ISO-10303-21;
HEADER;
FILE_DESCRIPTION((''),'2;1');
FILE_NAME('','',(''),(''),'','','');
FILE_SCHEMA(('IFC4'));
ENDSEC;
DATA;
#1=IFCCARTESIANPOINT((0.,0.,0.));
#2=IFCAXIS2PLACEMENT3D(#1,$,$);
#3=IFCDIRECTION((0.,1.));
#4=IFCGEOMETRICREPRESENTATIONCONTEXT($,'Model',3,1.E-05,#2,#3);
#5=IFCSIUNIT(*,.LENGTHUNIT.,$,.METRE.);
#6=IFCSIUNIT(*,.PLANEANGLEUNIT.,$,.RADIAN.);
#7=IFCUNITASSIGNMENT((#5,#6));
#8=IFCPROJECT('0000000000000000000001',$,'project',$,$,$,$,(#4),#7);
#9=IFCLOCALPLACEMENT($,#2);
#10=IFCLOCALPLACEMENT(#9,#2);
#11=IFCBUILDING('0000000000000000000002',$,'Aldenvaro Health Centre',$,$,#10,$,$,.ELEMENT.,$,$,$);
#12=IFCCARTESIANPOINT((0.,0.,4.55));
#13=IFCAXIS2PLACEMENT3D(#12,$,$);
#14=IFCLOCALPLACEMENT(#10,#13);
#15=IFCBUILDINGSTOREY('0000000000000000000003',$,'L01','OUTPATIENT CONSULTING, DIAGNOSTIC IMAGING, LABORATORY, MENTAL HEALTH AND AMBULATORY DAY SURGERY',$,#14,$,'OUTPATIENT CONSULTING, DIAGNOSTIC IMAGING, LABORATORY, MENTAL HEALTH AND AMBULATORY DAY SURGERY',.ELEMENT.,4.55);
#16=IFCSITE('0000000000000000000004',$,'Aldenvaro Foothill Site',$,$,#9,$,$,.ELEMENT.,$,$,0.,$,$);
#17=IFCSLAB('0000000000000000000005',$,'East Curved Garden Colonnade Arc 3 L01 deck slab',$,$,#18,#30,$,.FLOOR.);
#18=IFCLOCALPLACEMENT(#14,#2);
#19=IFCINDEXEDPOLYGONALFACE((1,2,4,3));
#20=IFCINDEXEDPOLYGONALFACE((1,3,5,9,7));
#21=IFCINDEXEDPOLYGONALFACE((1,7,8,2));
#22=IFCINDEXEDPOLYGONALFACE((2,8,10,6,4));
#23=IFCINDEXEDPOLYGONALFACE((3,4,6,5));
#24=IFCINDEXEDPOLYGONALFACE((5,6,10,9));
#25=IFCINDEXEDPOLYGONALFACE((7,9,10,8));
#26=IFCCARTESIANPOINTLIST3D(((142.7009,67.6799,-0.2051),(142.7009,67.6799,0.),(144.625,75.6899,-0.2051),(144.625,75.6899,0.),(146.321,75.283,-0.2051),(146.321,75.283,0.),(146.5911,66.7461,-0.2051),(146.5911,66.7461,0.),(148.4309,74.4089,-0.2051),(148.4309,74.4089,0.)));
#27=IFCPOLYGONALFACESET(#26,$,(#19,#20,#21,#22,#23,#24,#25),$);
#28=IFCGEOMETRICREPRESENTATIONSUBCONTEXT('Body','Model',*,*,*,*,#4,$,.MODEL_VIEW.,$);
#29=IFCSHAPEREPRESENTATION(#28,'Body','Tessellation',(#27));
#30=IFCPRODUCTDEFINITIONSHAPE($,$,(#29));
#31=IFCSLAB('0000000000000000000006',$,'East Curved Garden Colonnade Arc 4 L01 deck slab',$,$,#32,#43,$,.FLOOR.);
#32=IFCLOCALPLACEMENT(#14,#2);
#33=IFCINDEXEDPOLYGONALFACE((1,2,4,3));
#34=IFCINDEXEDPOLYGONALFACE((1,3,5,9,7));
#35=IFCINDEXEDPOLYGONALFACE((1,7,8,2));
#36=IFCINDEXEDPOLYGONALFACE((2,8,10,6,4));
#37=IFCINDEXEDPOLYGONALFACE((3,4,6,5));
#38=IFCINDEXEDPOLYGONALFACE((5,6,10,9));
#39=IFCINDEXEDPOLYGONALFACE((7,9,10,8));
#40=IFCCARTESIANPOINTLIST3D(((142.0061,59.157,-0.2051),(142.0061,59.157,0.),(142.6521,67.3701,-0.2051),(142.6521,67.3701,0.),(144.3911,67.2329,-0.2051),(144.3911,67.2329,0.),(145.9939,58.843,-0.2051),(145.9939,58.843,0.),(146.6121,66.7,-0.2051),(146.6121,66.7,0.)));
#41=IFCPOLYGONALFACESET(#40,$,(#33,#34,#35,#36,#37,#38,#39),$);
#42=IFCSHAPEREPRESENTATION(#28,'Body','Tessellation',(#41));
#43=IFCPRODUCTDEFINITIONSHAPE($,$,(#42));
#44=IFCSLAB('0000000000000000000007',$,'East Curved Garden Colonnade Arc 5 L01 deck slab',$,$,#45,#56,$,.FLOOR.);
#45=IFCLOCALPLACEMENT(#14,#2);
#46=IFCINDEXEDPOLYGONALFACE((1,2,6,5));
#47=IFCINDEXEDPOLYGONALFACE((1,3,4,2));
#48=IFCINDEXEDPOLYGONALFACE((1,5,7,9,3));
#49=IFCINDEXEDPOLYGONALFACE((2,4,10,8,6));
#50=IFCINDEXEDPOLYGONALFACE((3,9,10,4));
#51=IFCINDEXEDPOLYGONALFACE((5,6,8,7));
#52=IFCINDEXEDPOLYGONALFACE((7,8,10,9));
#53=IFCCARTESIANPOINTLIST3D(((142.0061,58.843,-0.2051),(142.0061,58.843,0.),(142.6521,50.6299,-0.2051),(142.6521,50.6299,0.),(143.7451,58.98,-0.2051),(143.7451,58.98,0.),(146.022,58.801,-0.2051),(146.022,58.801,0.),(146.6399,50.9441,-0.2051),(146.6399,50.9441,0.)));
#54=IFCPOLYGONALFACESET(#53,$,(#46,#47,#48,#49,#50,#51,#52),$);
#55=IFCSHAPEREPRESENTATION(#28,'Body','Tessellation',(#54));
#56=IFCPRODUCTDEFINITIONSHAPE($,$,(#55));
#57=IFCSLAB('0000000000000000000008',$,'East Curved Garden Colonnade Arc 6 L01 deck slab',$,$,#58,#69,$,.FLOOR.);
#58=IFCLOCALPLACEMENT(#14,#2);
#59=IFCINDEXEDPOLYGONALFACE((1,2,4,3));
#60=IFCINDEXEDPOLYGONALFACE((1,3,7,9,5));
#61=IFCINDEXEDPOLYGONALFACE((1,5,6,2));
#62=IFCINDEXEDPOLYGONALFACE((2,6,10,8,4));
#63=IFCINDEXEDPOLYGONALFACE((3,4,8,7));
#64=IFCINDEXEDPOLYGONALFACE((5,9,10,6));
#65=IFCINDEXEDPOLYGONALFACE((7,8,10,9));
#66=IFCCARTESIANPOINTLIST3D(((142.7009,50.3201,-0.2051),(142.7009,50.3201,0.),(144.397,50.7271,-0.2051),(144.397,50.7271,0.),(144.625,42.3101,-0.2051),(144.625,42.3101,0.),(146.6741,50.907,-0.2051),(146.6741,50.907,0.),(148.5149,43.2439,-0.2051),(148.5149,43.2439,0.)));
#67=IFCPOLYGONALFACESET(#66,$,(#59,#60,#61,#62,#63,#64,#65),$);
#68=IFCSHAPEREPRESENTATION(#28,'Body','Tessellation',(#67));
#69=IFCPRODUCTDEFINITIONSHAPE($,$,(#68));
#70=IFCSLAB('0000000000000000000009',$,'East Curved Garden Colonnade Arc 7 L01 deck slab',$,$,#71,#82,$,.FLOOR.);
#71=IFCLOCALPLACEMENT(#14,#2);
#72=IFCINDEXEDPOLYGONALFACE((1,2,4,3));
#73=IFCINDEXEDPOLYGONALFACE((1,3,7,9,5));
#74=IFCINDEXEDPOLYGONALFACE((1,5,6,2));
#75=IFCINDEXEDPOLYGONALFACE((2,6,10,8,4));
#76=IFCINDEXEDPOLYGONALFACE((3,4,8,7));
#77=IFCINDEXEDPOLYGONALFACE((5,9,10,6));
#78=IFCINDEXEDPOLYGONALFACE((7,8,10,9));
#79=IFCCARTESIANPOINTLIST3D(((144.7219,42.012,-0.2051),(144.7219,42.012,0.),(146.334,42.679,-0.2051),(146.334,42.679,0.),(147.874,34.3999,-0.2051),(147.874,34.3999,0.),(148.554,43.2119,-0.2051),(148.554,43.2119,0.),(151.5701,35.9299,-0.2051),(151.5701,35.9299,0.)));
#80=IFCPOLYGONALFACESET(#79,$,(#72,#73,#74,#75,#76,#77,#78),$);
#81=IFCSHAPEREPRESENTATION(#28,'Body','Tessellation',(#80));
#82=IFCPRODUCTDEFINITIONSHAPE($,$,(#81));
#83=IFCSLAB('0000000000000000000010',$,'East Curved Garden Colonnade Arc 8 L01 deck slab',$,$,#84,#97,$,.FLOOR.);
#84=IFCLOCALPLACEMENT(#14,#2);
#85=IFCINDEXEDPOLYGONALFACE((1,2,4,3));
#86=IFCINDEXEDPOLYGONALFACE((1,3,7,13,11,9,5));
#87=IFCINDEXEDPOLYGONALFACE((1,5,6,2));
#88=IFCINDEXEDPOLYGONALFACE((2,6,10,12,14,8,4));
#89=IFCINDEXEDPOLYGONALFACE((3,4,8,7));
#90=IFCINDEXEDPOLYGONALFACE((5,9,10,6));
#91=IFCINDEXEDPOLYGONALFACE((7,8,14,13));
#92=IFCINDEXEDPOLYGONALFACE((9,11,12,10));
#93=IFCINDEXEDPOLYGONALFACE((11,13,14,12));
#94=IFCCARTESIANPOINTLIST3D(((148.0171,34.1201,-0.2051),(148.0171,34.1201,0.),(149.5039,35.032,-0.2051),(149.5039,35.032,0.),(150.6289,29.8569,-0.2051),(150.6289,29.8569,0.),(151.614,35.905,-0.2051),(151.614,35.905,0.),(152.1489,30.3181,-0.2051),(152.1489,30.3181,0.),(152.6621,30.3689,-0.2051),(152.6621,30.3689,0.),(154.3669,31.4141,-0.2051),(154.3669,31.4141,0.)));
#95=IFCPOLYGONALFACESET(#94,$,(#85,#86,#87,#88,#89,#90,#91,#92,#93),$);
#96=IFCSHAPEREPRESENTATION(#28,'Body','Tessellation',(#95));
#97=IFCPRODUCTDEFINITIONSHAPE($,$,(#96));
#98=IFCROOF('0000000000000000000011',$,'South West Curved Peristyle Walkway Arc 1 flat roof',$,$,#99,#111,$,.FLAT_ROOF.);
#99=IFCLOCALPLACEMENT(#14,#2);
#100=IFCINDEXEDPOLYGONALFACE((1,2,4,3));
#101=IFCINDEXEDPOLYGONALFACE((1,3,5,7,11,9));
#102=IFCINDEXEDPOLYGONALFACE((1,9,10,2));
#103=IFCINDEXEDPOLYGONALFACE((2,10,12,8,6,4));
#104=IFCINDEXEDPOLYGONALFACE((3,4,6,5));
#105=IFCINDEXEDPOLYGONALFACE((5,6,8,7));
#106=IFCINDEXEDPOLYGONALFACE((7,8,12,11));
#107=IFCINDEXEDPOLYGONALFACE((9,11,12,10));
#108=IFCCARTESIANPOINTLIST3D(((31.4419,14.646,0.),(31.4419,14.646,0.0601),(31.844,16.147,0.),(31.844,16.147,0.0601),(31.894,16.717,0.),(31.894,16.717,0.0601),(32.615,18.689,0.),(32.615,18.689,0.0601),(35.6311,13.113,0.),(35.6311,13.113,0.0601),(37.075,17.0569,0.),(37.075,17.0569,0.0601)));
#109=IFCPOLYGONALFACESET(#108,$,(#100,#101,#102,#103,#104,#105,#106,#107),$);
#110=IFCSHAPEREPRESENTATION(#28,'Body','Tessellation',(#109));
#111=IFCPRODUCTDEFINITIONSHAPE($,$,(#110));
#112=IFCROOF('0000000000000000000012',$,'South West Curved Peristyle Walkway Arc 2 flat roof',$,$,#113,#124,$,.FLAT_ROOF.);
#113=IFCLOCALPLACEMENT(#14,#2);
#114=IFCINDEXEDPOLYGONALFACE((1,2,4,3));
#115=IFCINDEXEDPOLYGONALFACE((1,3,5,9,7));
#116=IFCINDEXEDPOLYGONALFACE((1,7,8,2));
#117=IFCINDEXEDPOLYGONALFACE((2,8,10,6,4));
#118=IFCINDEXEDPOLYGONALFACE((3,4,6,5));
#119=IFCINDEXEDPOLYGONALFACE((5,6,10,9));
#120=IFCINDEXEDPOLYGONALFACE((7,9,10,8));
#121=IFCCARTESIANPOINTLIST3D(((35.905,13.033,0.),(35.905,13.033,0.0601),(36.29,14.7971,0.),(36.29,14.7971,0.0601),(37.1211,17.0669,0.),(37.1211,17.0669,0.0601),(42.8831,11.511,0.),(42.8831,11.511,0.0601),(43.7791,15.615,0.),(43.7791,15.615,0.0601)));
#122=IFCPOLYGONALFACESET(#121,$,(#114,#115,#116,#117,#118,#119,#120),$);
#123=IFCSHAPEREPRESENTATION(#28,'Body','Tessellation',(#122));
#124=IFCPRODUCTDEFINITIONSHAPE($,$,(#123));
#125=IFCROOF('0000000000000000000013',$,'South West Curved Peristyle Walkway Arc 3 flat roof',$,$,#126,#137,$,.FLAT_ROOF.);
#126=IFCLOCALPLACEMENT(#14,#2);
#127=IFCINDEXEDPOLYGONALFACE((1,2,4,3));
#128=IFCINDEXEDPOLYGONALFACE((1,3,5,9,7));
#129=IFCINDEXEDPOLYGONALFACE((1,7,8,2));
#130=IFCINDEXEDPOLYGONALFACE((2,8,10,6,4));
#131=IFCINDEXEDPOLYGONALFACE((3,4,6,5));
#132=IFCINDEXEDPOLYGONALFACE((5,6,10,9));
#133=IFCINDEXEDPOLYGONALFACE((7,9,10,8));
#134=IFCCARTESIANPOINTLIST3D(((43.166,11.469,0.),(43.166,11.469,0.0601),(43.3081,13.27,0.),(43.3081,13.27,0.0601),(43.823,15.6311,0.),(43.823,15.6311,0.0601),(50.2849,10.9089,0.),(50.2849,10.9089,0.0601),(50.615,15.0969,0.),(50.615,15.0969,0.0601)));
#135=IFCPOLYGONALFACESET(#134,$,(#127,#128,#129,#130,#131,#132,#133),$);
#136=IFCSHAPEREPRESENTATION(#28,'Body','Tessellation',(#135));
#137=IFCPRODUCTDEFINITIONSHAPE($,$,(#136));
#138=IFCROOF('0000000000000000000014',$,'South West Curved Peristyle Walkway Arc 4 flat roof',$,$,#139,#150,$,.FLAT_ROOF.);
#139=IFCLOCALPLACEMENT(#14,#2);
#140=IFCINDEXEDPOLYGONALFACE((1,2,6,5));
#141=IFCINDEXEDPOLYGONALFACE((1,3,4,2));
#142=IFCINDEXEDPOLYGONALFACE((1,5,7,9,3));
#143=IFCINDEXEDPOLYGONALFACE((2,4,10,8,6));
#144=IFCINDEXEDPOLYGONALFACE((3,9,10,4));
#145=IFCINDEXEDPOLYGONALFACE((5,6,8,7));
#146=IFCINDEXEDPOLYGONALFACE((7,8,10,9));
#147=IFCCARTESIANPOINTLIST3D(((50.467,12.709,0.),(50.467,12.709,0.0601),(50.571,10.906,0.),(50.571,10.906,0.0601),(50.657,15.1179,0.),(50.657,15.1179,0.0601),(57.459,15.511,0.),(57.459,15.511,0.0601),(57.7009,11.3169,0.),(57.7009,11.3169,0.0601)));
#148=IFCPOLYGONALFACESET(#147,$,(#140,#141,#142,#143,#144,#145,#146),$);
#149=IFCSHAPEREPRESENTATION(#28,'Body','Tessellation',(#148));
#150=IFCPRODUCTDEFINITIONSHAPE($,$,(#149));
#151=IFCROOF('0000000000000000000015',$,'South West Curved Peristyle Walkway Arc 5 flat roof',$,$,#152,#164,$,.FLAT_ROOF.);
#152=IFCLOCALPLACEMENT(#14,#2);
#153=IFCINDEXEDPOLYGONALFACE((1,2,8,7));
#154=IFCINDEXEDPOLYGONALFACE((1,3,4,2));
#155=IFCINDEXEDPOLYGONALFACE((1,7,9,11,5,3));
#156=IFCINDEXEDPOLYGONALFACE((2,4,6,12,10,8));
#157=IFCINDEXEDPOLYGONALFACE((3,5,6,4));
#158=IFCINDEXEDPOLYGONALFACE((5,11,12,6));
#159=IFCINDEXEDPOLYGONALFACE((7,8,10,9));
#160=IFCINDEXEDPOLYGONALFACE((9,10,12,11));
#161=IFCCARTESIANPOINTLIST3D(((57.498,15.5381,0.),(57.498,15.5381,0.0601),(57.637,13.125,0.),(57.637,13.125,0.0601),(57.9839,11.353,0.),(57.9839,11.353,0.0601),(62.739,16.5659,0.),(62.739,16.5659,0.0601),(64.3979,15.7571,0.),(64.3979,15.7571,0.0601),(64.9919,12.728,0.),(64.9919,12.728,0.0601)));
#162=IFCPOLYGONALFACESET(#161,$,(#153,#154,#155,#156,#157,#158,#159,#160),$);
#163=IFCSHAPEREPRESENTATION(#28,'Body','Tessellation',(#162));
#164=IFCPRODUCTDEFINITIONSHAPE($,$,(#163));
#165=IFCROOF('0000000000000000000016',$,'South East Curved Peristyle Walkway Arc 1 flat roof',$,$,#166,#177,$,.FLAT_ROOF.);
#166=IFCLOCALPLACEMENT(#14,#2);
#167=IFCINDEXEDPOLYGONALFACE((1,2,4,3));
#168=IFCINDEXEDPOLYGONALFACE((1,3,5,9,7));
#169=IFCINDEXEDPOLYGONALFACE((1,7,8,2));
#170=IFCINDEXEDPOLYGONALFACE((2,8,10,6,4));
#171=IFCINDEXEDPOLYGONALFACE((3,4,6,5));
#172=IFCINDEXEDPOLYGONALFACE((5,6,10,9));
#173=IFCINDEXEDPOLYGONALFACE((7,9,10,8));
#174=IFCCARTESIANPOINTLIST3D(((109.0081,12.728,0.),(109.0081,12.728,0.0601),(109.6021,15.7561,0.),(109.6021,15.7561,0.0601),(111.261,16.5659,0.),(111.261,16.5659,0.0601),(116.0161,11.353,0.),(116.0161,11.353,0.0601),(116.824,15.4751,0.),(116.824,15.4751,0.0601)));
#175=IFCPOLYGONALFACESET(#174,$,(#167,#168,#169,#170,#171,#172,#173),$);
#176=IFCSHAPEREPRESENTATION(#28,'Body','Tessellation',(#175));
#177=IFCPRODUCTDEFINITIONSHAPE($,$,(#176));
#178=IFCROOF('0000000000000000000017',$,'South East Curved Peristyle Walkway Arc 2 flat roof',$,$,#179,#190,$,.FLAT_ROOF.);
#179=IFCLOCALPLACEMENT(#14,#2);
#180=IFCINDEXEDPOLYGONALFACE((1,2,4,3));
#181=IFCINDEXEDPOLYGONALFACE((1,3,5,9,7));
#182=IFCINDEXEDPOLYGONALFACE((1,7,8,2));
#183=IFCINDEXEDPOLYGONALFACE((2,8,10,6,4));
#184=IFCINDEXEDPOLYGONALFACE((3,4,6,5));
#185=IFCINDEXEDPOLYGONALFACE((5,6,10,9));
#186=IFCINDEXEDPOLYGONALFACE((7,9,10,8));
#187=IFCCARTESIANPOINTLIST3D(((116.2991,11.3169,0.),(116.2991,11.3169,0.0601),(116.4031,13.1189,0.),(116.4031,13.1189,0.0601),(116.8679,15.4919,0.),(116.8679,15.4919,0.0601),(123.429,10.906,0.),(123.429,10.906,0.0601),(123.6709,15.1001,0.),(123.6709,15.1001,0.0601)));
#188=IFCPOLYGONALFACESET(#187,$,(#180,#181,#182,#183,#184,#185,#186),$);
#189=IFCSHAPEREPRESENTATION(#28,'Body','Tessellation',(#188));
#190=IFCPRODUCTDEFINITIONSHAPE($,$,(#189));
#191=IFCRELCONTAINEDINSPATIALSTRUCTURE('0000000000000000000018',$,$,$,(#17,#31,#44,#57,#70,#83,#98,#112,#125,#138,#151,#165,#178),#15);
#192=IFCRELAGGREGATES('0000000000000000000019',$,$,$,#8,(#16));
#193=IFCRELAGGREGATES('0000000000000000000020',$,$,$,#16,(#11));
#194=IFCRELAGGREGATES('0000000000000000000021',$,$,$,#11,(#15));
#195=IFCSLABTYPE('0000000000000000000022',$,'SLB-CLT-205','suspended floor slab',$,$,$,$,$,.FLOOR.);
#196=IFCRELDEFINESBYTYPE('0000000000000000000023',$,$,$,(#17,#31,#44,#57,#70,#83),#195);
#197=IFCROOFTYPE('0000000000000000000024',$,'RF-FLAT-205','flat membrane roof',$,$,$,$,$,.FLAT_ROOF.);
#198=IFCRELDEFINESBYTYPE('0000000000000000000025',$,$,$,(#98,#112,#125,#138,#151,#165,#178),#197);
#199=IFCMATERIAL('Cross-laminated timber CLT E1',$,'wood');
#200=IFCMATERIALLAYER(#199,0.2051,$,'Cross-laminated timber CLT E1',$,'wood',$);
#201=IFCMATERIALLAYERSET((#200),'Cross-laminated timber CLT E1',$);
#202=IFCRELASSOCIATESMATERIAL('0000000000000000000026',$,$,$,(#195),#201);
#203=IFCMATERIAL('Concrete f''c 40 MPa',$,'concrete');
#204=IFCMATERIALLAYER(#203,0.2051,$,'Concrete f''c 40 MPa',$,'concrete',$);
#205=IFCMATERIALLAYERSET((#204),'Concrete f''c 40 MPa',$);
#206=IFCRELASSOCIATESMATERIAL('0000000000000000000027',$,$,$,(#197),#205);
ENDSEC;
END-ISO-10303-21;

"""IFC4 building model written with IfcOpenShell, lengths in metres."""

from ifc_helpers import new_model, si_unit, direction, frame, origin, place, context, subcontext, project, spatial, polyline, outline, extrude, material, layer, layer_set, type_object, element, save


model = new_model("IFC4")

# Units and contexts
model_context = context("Model", 3, precision=1e-05, world=origin(), true_north=direction((0.0, 1.0)))
body_context = subcontext(model_context, "Body", "Model", "MODEL_VIEW")
ifc_project = project(units=[si_unit("LENGTHUNIT", "METRE"), si_unit("PLANEANGLEUNIT", "RADIAN")], contexts=[model_context])

# Site, building, storey
site_placement = place(None, origin())
site = spatial("IfcSite", under=ifc_project, at=site_placement, Name="Aldenvaro Foothill Site", CompositionType="ELEMENT", RefElevation=0.0)
building_placement = place(site_placement, origin())
building = spatial("IfcBuilding", under=site, at=building_placement, Name="Aldenvaro Health Centre", CompositionType="ELEMENT")
storey_placement = place(building_placement, frame((0.0, 0.0, 4.55)))
storey = spatial("IfcBuildingStorey", under=building, at=storey_placement, Name="L01", Description="OUTPATIENT CONSULTING, DIAGNOSTIC IMAGING, LABORATORY, MENTAL HEALTH AND AMBULATORY DAY SURGERY", LongName="OUTPATIENT CONSULTING, DIAGNOSTIC IMAGING, LABORATORY, MENTAL HEALTH AND AMBULATORY DAY SURGERY", CompositionType="ELEMENT", Elevation=4.55)

# Slabs
ifc_material_1 = material(Name="Cross-laminated timber CLT E1", Category="wood")
ifc_layer_1 = layer(ifc_material_1, 0.2051, Name="Cross-laminated timber CLT E1", Category="wood")
ifc_layer_set_1 = layer_set([ifc_layer_1], Name="Cross-laminated timber CLT E1")
slab_type = type_object("IfcSlabType", Name="SLB-CLT-205", Description="suspended floor slab", PredefinedType="FLOOR", material=ifc_layer_set_1)
slab_1_placement = place(storey_placement, frame((0.0, 0.0, -0.2051)))
element("IfcSlab", 1, at=slab_1_placement, inside=storey, type_object=slab_type, Name="East Curved Garden Colonnade Arc 3 L01 deck slab", PredefinedType="FLOOR", context=body_context, shape_type="SweptSolid", body=[
    extrude(outline(polyline([(146.5911, 66.7461), (142.7009, 67.6799), (144.625, 75.6899), (146.321, 75.283), (148.4309, 74.4089), (146.5911, 66.7461)])), origin(), (0.0, 0.0, 1.0), 0.2051),
])
slab_2_placement = place(storey_placement, frame((0.0, 0.0, -0.2051)))
element("IfcSlab", 2, at=slab_2_placement, inside=storey, type_object=slab_type, Name="East Curved Garden Colonnade Arc 4 L01 deck slab", PredefinedType="FLOOR", context=body_context, shape_type="SweptSolid", body=[
    extrude(outline(polyline([(145.9939, 58.843), (142.0061, 59.157), (142.6521, 67.3701), (144.3911, 67.2329), (146.6121, 66.7), (145.9939, 58.843)])), origin(), (0.0, 0.0, 1.0), 0.2051),
])
slab_3_placement = place(storey_placement, frame((0.0, 0.0, -0.2051)))
element("IfcSlab", 3, at=slab_3_placement, inside=storey, type_object=slab_type, Name="East Curved Garden Colonnade Arc 5 L01 deck slab", PredefinedType="FLOOR", context=body_context, shape_type="SweptSolid", body=[
    extrude(outline(polyline([(146.6399, 50.9441), (142.6521, 50.6299), (142.0061, 58.843), (143.7451, 58.98), (146.022, 58.801), (146.6399, 50.9441)])), origin(), (0.0, 0.0, 1.0), 0.2051),
])
slab_4_placement = place(storey_placement, frame((0.0, 0.0, -0.2051)))
element("IfcSlab", 4, at=slab_4_placement, inside=storey, type_object=slab_type, Name="East Curved Garden Colonnade Arc 6 L01 deck slab", PredefinedType="FLOOR", context=body_context, shape_type="SweptSolid", body=[
    extrude(outline(polyline([(148.5149, 43.2439), (144.625, 42.3101), (142.7009, 50.3201), (144.397, 50.7271), (146.6741, 50.907), (148.5149, 43.2439)])), origin(), (0.0, 0.0, 1.0), 0.2051),
])
slab_5_placement = place(storey_placement, frame((0.0, 0.0, -0.2051)))
element("IfcSlab", 5, at=slab_5_placement, inside=storey, type_object=slab_type, Name="East Curved Garden Colonnade Arc 7 L01 deck slab", PredefinedType="FLOOR", context=body_context, shape_type="SweptSolid", body=[
    extrude(outline(polyline([(151.5701, 35.9299), (147.874, 34.3999), (144.7219, 42.012), (146.334, 42.679), (148.554, 43.2119), (151.5701, 35.9299)])), origin(), (0.0, 0.0, 1.0), 0.2051),
])
slab_6_placement = place(storey_placement, frame((0.0, 0.0, -0.2051)))
element("IfcSlab", 6, at=slab_6_placement, inside=storey, type_object=slab_type, Name="East Curved Garden Colonnade Arc 8 L01 deck slab", PredefinedType="FLOOR", context=body_context, shape_type="SweptSolid", body=[
    extrude(outline(polyline([(148.0171, 34.1201), (149.5039, 35.032), (151.614, 35.905), (154.3669, 31.4141), (152.6621, 30.3689), (152.1489, 30.3181), (150.6289, 29.8569), (148.0171, 34.1201)])), origin(), (0.0, 0.0, 1.0), 0.2051),
])

# Roofs
ifc_material_2 = material(Name="Concrete f'c 40 MPa", Category="concrete")
ifc_layer_2 = layer(ifc_material_2, 0.2051, Name="Concrete f'c 40 MPa", Category="concrete")
ifc_layer_set_2 = layer_set([ifc_layer_2], Name="Concrete f'c 40 MPa")
roof_type_1 = type_object("IfcRoofType", Name="RF-FLAT-205", Description="flat membrane roof", PredefinedType="FLAT_ROOF", material=ifc_layer_set_2)
roof_1_placement = place(storey_placement, origin())
element("IfcRoof", 7, at=roof_1_placement, inside=storey, type_object=roof_type_1, Name="South West Curved Peristyle Walkway Arc 1 flat roof", PredefinedType="FLAT_ROOF", context=body_context, shape_type="SweptSolid", body=[
    extrude(outline(polyline([(32.615, 18.689), (37.075, 17.0569), (35.6311, 13.113), (31.4419, 14.646), (31.844, 16.147), (31.894, 16.717), (32.615, 18.689)])), origin(), (0.0, 0.0, 1.0), 0.0601),
])
roof_2_placement = place(storey_placement, origin())
element("IfcRoof", 8, at=roof_2_placement, inside=storey, type_object=roof_type_1, Name="South West Curved Peristyle Walkway Arc 2 flat roof", PredefinedType="FLAT_ROOF", context=body_context, shape_type="SweptSolid", body=[
    extrude(outline(polyline([(43.7791, 15.615), (42.8831, 11.511), (35.905, 13.033), (36.29, 14.7971), (37.1211, 17.0669), (43.7791, 15.615)])), origin(), (0.0, 0.0, 1.0), 0.0601),
])
roof_3_placement = place(storey_placement, origin())
element("IfcRoof", 9, at=roof_3_placement, inside=storey, type_object=roof_type_1, Name="South West Curved Peristyle Walkway Arc 3 flat roof", PredefinedType="FLAT_ROOF", context=body_context, shape_type="SweptSolid", body=[
    extrude(outline(polyline([(50.615, 15.0969), (50.2849, 10.9089), (43.166, 11.469), (43.3081, 13.27), (43.823, 15.6311), (50.615, 15.0969)])), origin(), (0.0, 0.0, 1.0), 0.0601),
])
roof_4_placement = place(storey_placement, origin())
element("IfcRoof", 10, at=roof_4_placement, inside=storey, type_object=roof_type_1, Name="South West Curved Peristyle Walkway Arc 4 flat roof", PredefinedType="FLAT_ROOF", context=body_context, shape_type="SweptSolid", body=[
    extrude(outline(polyline([(57.459, 15.511), (57.7009, 11.3169), (50.571, 10.906), (50.467, 12.709), (50.657, 15.1179), (57.459, 15.511)])), origin(), (0.0, 0.0, 1.0), 0.0601),
])
roof_5_placement = place(storey_placement, origin())
element("IfcRoof", 11, at=roof_5_placement, inside=storey, type_object=roof_type_1, Name="South West Curved Peristyle Walkway Arc 5 flat roof", PredefinedType="FLAT_ROOF", context=body_context, shape_type="SweptSolid", body=[
    extrude(outline(polyline([(64.9919, 12.728), (57.9839, 11.353), (57.637, 13.125), (57.498, 15.5381), (62.739, 16.5659), (64.3979, 15.7571), (64.9919, 12.728)])), origin(), (0.0, 0.0, 1.0), 0.0601),
])
roof_6_placement = place(storey_placement, origin())
element("IfcRoof", 12, at=roof_6_placement, inside=storey, type_object=roof_type_1, Name="South East Curved Peristyle Walkway Arc 1 flat roof", PredefinedType="FLAT_ROOF", context=body_context, shape_type="SweptSolid", body=[
    extrude(outline(polyline([(116.824, 15.4751), (116.0161, 11.353), (109.0081, 12.728), (109.6021, 15.7561), (111.261, 16.5659), (116.824, 15.4751)])), origin(), (0.0, 0.0, 1.0), 0.0601),
])
roof_7_placement = place(storey_placement, origin())
element("IfcRoof", 13, at=roof_7_placement, inside=storey, type_object=roof_type_1, Name="South East Curved Peristyle Walkway Arc 2 flat roof", PredefinedType="FLAT_ROOF", context=body_context, shape_type="SweptSolid", body=[
    extrude(outline(polyline([(123.6709, 15.1001), (123.429, 10.906), (116.2991, 11.3169), (116.4031, 13.1189), (116.8679, 15.4919), (123.6709, 15.1001)])), origin(), (0.0, 0.0, 1.0), 0.0601),
])

save(model, "model.ifc")
